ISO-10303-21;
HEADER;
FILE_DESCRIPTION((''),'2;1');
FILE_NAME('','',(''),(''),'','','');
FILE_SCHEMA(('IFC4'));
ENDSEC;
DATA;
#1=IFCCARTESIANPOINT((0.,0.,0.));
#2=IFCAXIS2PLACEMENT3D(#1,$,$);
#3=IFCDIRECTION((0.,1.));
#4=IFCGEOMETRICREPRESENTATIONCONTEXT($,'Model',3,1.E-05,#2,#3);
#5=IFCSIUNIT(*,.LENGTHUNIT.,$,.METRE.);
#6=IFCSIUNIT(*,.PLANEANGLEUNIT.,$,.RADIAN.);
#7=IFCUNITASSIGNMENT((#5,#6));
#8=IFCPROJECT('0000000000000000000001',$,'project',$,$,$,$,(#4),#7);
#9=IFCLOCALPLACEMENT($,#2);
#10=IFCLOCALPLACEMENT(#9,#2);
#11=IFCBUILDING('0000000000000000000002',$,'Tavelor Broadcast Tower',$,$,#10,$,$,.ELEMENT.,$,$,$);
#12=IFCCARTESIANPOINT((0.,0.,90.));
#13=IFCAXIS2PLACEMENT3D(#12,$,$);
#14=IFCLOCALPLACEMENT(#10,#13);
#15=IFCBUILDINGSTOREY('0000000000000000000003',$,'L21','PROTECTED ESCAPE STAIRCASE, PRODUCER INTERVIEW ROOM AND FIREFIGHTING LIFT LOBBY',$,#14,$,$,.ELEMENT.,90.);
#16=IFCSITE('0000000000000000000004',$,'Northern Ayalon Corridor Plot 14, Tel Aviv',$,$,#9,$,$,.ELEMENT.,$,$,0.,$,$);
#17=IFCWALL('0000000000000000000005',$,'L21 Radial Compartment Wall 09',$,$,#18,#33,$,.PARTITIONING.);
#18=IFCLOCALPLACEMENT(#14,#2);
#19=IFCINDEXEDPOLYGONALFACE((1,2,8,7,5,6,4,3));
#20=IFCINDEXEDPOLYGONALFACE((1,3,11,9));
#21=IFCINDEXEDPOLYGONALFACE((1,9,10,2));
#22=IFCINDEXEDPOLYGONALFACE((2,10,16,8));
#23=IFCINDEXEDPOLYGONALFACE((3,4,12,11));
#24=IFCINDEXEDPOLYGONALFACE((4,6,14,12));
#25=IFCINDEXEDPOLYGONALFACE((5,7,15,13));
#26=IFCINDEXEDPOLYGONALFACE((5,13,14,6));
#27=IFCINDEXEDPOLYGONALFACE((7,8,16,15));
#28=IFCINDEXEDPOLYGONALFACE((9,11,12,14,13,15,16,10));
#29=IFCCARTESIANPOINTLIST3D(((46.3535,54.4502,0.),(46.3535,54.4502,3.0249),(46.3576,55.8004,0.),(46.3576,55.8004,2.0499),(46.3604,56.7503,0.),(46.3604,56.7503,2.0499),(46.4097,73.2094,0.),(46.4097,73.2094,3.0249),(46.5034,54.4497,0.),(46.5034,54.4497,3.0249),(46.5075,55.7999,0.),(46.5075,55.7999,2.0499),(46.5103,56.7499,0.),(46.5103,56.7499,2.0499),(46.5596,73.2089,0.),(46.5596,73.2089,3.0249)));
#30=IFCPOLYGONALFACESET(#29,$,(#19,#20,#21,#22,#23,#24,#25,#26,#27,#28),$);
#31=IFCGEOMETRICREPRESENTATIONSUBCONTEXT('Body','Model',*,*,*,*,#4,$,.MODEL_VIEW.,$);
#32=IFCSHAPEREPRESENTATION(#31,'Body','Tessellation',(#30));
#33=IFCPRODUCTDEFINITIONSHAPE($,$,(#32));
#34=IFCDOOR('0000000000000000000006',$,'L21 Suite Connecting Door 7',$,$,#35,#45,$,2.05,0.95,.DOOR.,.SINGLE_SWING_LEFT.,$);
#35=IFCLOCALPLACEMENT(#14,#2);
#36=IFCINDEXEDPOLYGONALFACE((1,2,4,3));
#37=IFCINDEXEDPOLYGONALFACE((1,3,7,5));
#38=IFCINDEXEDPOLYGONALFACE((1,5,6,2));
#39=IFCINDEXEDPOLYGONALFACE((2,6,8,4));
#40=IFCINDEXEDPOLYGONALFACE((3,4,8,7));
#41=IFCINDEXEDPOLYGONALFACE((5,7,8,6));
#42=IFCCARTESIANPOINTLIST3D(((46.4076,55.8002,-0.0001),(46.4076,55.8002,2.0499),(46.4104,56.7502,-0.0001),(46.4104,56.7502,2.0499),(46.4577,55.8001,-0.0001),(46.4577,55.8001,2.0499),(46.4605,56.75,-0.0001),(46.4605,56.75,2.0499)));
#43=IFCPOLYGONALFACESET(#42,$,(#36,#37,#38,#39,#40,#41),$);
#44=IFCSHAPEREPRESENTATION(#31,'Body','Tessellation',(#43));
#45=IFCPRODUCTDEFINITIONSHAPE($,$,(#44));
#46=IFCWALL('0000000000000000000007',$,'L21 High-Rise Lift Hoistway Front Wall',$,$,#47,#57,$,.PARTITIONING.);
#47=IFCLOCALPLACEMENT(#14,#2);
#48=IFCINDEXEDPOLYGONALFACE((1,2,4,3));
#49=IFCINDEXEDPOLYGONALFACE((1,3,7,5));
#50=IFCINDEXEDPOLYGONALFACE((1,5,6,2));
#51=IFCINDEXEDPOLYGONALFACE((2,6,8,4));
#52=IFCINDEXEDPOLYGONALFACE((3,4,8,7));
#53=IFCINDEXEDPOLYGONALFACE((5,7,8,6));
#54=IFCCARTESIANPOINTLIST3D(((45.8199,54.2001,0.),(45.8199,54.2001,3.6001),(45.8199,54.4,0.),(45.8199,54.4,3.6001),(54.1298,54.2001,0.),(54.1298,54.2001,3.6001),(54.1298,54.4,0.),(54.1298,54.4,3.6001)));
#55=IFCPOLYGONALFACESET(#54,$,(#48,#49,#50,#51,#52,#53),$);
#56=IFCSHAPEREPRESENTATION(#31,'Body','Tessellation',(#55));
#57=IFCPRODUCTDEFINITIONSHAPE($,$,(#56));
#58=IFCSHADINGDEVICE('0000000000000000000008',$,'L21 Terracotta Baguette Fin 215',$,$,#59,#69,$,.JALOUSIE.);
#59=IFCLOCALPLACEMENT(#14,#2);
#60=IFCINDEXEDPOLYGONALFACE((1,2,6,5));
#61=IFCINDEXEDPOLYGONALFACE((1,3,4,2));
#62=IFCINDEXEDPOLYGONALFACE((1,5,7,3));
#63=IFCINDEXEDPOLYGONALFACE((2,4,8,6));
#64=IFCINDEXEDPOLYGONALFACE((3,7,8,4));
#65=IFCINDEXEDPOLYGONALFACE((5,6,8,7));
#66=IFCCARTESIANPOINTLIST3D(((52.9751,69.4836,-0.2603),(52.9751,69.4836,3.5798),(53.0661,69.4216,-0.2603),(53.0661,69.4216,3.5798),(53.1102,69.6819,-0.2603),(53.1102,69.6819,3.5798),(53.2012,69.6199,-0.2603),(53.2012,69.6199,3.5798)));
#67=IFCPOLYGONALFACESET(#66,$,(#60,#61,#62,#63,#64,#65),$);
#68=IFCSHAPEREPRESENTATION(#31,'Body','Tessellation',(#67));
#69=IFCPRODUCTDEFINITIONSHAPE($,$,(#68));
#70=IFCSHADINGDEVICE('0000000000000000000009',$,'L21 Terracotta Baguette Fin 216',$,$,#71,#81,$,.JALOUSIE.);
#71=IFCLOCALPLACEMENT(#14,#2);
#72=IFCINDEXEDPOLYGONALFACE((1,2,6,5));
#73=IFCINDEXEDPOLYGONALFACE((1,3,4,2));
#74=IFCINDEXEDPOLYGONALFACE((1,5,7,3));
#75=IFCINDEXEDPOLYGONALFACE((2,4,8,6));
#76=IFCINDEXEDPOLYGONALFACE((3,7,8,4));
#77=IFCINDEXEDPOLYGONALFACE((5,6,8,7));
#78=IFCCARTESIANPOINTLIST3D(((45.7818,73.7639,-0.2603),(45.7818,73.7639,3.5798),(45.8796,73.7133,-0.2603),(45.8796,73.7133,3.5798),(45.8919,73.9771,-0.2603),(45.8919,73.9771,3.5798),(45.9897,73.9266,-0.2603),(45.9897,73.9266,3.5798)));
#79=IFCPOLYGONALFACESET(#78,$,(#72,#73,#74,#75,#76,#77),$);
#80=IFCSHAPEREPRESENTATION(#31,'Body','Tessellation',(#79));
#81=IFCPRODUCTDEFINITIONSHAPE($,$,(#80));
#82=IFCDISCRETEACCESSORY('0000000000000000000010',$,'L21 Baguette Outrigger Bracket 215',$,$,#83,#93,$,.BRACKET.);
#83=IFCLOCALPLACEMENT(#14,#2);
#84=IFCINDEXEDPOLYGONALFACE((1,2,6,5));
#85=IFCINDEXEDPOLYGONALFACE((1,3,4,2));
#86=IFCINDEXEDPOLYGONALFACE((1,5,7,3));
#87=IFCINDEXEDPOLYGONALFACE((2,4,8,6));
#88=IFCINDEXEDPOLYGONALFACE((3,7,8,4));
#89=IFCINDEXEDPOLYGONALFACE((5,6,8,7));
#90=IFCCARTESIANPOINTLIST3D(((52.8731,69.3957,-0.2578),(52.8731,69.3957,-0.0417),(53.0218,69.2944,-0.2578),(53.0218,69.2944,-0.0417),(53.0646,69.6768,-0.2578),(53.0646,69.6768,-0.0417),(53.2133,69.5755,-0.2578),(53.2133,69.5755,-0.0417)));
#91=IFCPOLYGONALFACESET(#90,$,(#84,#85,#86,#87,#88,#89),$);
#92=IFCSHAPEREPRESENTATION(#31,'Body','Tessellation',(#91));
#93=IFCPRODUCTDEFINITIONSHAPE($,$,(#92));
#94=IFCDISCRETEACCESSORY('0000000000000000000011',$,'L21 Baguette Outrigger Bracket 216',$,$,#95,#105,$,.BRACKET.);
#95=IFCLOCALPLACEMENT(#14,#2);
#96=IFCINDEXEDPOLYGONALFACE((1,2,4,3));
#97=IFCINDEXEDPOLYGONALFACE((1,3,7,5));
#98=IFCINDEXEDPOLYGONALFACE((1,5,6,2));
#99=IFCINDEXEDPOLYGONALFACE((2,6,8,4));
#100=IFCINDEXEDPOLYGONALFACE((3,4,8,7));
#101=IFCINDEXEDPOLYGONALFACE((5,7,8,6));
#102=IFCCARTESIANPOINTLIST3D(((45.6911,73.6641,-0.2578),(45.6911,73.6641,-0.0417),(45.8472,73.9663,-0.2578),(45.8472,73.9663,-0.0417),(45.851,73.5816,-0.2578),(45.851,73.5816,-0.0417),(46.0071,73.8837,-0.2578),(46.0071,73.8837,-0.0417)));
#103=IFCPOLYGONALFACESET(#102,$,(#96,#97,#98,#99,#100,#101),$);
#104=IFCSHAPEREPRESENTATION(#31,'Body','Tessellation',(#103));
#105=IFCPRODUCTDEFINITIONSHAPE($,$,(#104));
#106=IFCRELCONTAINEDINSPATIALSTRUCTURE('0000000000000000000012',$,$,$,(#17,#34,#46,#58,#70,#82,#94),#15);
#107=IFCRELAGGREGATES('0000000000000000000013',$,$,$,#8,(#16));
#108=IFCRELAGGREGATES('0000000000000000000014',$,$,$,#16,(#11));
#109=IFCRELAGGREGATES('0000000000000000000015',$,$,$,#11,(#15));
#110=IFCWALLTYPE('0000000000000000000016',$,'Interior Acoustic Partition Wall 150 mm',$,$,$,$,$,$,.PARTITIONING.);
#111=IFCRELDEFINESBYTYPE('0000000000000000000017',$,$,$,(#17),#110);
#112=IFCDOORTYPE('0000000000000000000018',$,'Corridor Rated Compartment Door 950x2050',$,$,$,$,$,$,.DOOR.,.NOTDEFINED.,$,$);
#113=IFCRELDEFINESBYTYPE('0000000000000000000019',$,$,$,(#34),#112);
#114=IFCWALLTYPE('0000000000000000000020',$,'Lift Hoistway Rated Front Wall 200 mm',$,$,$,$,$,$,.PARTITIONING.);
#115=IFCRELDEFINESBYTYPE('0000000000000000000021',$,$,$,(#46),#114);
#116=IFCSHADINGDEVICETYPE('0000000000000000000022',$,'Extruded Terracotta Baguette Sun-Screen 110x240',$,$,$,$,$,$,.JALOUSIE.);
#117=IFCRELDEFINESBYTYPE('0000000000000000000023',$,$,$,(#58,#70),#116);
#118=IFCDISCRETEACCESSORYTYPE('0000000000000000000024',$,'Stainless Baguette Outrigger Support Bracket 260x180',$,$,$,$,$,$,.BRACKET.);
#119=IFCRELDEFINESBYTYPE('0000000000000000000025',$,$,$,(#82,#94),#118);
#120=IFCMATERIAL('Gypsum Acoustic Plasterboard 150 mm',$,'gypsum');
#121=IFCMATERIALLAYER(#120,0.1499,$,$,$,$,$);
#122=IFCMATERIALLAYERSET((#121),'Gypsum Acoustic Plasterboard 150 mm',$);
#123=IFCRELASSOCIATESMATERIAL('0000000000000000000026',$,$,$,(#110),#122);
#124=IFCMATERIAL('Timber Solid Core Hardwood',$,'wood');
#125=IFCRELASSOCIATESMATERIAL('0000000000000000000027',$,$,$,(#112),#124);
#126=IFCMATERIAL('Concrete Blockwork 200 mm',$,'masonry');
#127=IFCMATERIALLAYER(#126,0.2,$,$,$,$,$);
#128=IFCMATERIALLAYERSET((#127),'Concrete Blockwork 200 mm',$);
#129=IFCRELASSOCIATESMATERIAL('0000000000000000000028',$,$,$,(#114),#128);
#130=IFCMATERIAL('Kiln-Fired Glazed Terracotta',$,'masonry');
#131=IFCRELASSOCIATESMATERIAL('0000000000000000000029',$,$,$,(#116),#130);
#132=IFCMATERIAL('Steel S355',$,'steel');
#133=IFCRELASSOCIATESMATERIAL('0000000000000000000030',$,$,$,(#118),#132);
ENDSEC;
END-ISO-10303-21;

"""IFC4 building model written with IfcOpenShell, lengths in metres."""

from ifc_helpers import new_model, si_unit, direction, frame, frame_2d, origin, origin_2d, place, context, subcontext, project, spatial, rectangle, extrude, source, transform, mapped, material, layer, layer_set, type_object, type_shapes, element, fill, save


model = new_model("IFC4")

# Units and contexts
model_context = context("Model", 3, precision=1e-05, world=origin(), true_north=direction((0.0, 1.0)))
body_context = subcontext(model_context, "Body", "Model", "MODEL_VIEW")
ifc_project = project(units=[si_unit("LENGTHUNIT", "METRE"), si_unit("PLANEANGLEUNIT", "RADIAN")], contexts=[model_context])

# Site, building, storey
site_placement = place(None, origin())
site = spatial("IfcSite", under=ifc_project, at=site_placement, Name="Northern Ayalon Corridor Plot 14, Tel Aviv", CompositionType="ELEMENT", RefElevation=0.0)
building_placement = place(site_placement, origin())
building = spatial("IfcBuilding", under=site, at=building_placement, Name="Tavelor Broadcast Tower", CompositionType="ELEMENT")
storey_placement = place(building_placement, frame((0.0, 0.0, 90.0)))
storey = spatial("IfcBuildingStorey", under=building, at=storey_placement, Name="L21", Description="PROTECTED ESCAPE STAIRCASE, PRODUCER INTERVIEW ROOM AND FIREFIGHTING LIFT LOBBY", CompositionType="ELEMENT", Elevation=90.0)

# Shared definitions
ifc_material_1 = material(Name="Steel S355", Category="steel")

# Shared definitions
ifc_material_2 = material(Name="Gypsum Acoustic Plasterboard 150 mm", Category="gypsum")
ifc_layer_1 = layer(ifc_material_2, 0.1499)
ifc_layer_set_1 = layer_set([ifc_layer_1], Name="Gypsum Acoustic Plasterboard 150 mm")
wall_type_1 = type_object("IfcWallType", Name="Interior Acoustic Partition Wall 150 mm", PredefinedType="PARTITIONING", material=ifc_layer_set_1)

# Wall, opening, door
ifc_material_3 = material(Name="Timber Solid Core Hardwood", Category="wood")
door_type = type_object("IfcDoorType", Name="Corridor Rated Compartment Door 950x2050", OperationType="NOTDEFINED", PredefinedType="DOOR", material=ifc_material_3)
wall_1_placement = place(storey_placement, frame((46.4285, 54.45, 0.0), z_axis=(0.0, 0.0, 1.0), x_axis=(0.002993, 0.999996, 0.0)))
wall_1 = element("IfcWall", 1, at=wall_1_placement, inside=storey, type_object=wall_type_1, Name="L21 Radial Compartment Wall 09", PredefinedType="PARTITIONING", context=body_context, shape_type="SweptSolid", body=[
    extrude(rectangle(XDim=18.7593, YDim=0.1499, at=frame_2d((9.3796, 0.0))), origin(), (0.0, 0.0, 1.0), 3.0249),
])
opening_1_placement = place(wall_1_placement, frame((1.3501, 0.0, 0.0)))
opening_1 = element("IfcOpeningElement", 2, at=opening_1_placement, cuts=wall_1, PredefinedType="OPENING", context=body_context, shape_type="SweptSolid", body=[
    extrude(rectangle(XDim=0.95, YDim=2.05, at=frame_2d((0.4751, 1.0249))), frame((0.0, 0.085, 0.0), z_axis=(0.0, -1.0, 0.0), x_axis=(1.0, 0.0, 0.0)), (0.0, 0.0, 1.0), 0.1699),
])
door_1_placement = place(opening_1_placement, origin())
door_1 = element("IfcDoor", 3, at=door_1_placement, inside=storey, type_object=door_type, Name="L21 Suite Connecting Door 7", OperationType="SINGLE_SWING_LEFT", OverallHeight=2.05, OverallWidth=0.95, PredefinedType="DOOR", context=body_context, shape_type="SweptSolid", body=[
    extrude(rectangle(XDim=0.95, YDim=2.05, at=frame_2d((0.4751, 1.0249))), frame((0.0, 0.0249, 0.0), z_axis=(0.0, -1.0, 0.0), x_axis=(1.0, 0.0, 0.0)), (0.0, 0.0, 1.0), 0.05),
])
fill(opening_1, door_1)

# Wall
ifc_material_4 = material(Name="Concrete Blockwork 200 mm", Category="masonry")
ifc_layer_2 = layer(ifc_material_4, 0.2)
ifc_layer_set_2 = layer_set([ifc_layer_2], Name="Concrete Blockwork 200 mm")
wall_type_2 = type_object("IfcWallType", Name="Lift Hoistway Rated Front Wall 200 mm", PredefinedType="PARTITIONING", material=ifc_layer_set_2)
wall_2_placement = place(storey_placement, frame((45.8201, 54.3, 0.0), z_axis=(0.0, 0.0, 1.0), x_axis=(1.0, 0.0, 0.0)))
element("IfcWall", 4, at=wall_2_placement, inside=storey, type_object=wall_type_2, Name="L21 High-Rise Lift Hoistway Front Wall", PredefinedType="PARTITIONING", context=body_context, shape_type="SweptSolid", body=[
    extrude(rectangle(XDim=8.3098, YDim=0.2, at=frame_2d((4.1548, 0.0))), origin(), (0.0, 0.0, 1.0), 3.6001),
])

# Shading devices
ifc_material_5 = material(Name="Kiln-Fired Glazed Terracotta", Category="masonry")
shading_device_type = type_object("IfcShadingDeviceType", Name="Extruded Terracotta Baguette Sun-Screen 110x240", PredefinedType="JALOUSIE", material=ifc_material_5)
shared_shape_1 = source(origin(), body_context, "Body", "SweptSolid", [
    extrude(rectangle(XDim=0.1101, YDim=0.24, at=origin_2d()), origin(), (0.0, 0.0, 1.0), 3.8401),
])
type_shapes(shading_device_type, [shared_shape_1])
for number, where, z_axis, x_axis, name in (
    (5, (53.0881, 69.5518, -0.2603), (0.0, 0.0, 1.0), (-0.826393, 0.563093, 0.0), "L21 Terracotta Baguette Fin 215"),
    (6, (45.8857, 73.8452, -0.2603), (0.0, 0.0, 1.0), (-0.888457, 0.45896, 0.0), "L21 Terracotta Baguette Fin 216"),
):
    element("IfcShadingDevice", number, at=place(storey_placement, frame(where, z_axis=z_axis, x_axis=x_axis)), inside=storey, type_object=shading_device_type, Name=name, PredefinedType="JALOUSIE", context=body_context, shape_type="MappedRepresentation", body=[
        mapped(shared_shape_1, transform((0.0, 0.0, 0.0), scale=1.0)),
    ])

# Discrete accessories
discrete_accessory_type = type_object("IfcDiscreteAccessoryType", Name="Stainless Baguette Outrigger Support Bracket 260x180", PredefinedType="BRACKET", material=ifc_material_1)
shared_shape_2 = source(origin(), body_context, "Body", "SweptSolid", [
    extrude(rectangle(XDim=0.1799, YDim=0.3401, at=origin_2d()), origin(), (0.0, 0.0, 1.0), 0.2161),
])
type_shapes(discrete_accessory_type, [shared_shape_2])
for number, where, z_axis, x_axis, name in (
    (7, (53.0432, 69.4856, -0.2578), (0.0, 0.0, 1.0), (-0.826393, 0.563093, 0.0), "L21 Baguette Outrigger Bracket 215"),
    (8, (45.8491, 73.7739, -0.2578), (0.0, 0.0, 1.0), (-0.888457, 0.45896, 0.0), "L21 Baguette Outrigger Bracket 216"),
):
    element("IfcDiscreteAccessory", number, at=place(storey_placement, frame(where, z_axis=z_axis, x_axis=x_axis)), inside=storey, type_object=discrete_accessory_type, Name=name, PredefinedType="BRACKET", context=body_context, shape_type="MappedRepresentation", body=[
        mapped(shared_shape_2, transform((0.0, 0.0, 0.0), scale=1.0)),
    ])

save(model, "model.ifc")
